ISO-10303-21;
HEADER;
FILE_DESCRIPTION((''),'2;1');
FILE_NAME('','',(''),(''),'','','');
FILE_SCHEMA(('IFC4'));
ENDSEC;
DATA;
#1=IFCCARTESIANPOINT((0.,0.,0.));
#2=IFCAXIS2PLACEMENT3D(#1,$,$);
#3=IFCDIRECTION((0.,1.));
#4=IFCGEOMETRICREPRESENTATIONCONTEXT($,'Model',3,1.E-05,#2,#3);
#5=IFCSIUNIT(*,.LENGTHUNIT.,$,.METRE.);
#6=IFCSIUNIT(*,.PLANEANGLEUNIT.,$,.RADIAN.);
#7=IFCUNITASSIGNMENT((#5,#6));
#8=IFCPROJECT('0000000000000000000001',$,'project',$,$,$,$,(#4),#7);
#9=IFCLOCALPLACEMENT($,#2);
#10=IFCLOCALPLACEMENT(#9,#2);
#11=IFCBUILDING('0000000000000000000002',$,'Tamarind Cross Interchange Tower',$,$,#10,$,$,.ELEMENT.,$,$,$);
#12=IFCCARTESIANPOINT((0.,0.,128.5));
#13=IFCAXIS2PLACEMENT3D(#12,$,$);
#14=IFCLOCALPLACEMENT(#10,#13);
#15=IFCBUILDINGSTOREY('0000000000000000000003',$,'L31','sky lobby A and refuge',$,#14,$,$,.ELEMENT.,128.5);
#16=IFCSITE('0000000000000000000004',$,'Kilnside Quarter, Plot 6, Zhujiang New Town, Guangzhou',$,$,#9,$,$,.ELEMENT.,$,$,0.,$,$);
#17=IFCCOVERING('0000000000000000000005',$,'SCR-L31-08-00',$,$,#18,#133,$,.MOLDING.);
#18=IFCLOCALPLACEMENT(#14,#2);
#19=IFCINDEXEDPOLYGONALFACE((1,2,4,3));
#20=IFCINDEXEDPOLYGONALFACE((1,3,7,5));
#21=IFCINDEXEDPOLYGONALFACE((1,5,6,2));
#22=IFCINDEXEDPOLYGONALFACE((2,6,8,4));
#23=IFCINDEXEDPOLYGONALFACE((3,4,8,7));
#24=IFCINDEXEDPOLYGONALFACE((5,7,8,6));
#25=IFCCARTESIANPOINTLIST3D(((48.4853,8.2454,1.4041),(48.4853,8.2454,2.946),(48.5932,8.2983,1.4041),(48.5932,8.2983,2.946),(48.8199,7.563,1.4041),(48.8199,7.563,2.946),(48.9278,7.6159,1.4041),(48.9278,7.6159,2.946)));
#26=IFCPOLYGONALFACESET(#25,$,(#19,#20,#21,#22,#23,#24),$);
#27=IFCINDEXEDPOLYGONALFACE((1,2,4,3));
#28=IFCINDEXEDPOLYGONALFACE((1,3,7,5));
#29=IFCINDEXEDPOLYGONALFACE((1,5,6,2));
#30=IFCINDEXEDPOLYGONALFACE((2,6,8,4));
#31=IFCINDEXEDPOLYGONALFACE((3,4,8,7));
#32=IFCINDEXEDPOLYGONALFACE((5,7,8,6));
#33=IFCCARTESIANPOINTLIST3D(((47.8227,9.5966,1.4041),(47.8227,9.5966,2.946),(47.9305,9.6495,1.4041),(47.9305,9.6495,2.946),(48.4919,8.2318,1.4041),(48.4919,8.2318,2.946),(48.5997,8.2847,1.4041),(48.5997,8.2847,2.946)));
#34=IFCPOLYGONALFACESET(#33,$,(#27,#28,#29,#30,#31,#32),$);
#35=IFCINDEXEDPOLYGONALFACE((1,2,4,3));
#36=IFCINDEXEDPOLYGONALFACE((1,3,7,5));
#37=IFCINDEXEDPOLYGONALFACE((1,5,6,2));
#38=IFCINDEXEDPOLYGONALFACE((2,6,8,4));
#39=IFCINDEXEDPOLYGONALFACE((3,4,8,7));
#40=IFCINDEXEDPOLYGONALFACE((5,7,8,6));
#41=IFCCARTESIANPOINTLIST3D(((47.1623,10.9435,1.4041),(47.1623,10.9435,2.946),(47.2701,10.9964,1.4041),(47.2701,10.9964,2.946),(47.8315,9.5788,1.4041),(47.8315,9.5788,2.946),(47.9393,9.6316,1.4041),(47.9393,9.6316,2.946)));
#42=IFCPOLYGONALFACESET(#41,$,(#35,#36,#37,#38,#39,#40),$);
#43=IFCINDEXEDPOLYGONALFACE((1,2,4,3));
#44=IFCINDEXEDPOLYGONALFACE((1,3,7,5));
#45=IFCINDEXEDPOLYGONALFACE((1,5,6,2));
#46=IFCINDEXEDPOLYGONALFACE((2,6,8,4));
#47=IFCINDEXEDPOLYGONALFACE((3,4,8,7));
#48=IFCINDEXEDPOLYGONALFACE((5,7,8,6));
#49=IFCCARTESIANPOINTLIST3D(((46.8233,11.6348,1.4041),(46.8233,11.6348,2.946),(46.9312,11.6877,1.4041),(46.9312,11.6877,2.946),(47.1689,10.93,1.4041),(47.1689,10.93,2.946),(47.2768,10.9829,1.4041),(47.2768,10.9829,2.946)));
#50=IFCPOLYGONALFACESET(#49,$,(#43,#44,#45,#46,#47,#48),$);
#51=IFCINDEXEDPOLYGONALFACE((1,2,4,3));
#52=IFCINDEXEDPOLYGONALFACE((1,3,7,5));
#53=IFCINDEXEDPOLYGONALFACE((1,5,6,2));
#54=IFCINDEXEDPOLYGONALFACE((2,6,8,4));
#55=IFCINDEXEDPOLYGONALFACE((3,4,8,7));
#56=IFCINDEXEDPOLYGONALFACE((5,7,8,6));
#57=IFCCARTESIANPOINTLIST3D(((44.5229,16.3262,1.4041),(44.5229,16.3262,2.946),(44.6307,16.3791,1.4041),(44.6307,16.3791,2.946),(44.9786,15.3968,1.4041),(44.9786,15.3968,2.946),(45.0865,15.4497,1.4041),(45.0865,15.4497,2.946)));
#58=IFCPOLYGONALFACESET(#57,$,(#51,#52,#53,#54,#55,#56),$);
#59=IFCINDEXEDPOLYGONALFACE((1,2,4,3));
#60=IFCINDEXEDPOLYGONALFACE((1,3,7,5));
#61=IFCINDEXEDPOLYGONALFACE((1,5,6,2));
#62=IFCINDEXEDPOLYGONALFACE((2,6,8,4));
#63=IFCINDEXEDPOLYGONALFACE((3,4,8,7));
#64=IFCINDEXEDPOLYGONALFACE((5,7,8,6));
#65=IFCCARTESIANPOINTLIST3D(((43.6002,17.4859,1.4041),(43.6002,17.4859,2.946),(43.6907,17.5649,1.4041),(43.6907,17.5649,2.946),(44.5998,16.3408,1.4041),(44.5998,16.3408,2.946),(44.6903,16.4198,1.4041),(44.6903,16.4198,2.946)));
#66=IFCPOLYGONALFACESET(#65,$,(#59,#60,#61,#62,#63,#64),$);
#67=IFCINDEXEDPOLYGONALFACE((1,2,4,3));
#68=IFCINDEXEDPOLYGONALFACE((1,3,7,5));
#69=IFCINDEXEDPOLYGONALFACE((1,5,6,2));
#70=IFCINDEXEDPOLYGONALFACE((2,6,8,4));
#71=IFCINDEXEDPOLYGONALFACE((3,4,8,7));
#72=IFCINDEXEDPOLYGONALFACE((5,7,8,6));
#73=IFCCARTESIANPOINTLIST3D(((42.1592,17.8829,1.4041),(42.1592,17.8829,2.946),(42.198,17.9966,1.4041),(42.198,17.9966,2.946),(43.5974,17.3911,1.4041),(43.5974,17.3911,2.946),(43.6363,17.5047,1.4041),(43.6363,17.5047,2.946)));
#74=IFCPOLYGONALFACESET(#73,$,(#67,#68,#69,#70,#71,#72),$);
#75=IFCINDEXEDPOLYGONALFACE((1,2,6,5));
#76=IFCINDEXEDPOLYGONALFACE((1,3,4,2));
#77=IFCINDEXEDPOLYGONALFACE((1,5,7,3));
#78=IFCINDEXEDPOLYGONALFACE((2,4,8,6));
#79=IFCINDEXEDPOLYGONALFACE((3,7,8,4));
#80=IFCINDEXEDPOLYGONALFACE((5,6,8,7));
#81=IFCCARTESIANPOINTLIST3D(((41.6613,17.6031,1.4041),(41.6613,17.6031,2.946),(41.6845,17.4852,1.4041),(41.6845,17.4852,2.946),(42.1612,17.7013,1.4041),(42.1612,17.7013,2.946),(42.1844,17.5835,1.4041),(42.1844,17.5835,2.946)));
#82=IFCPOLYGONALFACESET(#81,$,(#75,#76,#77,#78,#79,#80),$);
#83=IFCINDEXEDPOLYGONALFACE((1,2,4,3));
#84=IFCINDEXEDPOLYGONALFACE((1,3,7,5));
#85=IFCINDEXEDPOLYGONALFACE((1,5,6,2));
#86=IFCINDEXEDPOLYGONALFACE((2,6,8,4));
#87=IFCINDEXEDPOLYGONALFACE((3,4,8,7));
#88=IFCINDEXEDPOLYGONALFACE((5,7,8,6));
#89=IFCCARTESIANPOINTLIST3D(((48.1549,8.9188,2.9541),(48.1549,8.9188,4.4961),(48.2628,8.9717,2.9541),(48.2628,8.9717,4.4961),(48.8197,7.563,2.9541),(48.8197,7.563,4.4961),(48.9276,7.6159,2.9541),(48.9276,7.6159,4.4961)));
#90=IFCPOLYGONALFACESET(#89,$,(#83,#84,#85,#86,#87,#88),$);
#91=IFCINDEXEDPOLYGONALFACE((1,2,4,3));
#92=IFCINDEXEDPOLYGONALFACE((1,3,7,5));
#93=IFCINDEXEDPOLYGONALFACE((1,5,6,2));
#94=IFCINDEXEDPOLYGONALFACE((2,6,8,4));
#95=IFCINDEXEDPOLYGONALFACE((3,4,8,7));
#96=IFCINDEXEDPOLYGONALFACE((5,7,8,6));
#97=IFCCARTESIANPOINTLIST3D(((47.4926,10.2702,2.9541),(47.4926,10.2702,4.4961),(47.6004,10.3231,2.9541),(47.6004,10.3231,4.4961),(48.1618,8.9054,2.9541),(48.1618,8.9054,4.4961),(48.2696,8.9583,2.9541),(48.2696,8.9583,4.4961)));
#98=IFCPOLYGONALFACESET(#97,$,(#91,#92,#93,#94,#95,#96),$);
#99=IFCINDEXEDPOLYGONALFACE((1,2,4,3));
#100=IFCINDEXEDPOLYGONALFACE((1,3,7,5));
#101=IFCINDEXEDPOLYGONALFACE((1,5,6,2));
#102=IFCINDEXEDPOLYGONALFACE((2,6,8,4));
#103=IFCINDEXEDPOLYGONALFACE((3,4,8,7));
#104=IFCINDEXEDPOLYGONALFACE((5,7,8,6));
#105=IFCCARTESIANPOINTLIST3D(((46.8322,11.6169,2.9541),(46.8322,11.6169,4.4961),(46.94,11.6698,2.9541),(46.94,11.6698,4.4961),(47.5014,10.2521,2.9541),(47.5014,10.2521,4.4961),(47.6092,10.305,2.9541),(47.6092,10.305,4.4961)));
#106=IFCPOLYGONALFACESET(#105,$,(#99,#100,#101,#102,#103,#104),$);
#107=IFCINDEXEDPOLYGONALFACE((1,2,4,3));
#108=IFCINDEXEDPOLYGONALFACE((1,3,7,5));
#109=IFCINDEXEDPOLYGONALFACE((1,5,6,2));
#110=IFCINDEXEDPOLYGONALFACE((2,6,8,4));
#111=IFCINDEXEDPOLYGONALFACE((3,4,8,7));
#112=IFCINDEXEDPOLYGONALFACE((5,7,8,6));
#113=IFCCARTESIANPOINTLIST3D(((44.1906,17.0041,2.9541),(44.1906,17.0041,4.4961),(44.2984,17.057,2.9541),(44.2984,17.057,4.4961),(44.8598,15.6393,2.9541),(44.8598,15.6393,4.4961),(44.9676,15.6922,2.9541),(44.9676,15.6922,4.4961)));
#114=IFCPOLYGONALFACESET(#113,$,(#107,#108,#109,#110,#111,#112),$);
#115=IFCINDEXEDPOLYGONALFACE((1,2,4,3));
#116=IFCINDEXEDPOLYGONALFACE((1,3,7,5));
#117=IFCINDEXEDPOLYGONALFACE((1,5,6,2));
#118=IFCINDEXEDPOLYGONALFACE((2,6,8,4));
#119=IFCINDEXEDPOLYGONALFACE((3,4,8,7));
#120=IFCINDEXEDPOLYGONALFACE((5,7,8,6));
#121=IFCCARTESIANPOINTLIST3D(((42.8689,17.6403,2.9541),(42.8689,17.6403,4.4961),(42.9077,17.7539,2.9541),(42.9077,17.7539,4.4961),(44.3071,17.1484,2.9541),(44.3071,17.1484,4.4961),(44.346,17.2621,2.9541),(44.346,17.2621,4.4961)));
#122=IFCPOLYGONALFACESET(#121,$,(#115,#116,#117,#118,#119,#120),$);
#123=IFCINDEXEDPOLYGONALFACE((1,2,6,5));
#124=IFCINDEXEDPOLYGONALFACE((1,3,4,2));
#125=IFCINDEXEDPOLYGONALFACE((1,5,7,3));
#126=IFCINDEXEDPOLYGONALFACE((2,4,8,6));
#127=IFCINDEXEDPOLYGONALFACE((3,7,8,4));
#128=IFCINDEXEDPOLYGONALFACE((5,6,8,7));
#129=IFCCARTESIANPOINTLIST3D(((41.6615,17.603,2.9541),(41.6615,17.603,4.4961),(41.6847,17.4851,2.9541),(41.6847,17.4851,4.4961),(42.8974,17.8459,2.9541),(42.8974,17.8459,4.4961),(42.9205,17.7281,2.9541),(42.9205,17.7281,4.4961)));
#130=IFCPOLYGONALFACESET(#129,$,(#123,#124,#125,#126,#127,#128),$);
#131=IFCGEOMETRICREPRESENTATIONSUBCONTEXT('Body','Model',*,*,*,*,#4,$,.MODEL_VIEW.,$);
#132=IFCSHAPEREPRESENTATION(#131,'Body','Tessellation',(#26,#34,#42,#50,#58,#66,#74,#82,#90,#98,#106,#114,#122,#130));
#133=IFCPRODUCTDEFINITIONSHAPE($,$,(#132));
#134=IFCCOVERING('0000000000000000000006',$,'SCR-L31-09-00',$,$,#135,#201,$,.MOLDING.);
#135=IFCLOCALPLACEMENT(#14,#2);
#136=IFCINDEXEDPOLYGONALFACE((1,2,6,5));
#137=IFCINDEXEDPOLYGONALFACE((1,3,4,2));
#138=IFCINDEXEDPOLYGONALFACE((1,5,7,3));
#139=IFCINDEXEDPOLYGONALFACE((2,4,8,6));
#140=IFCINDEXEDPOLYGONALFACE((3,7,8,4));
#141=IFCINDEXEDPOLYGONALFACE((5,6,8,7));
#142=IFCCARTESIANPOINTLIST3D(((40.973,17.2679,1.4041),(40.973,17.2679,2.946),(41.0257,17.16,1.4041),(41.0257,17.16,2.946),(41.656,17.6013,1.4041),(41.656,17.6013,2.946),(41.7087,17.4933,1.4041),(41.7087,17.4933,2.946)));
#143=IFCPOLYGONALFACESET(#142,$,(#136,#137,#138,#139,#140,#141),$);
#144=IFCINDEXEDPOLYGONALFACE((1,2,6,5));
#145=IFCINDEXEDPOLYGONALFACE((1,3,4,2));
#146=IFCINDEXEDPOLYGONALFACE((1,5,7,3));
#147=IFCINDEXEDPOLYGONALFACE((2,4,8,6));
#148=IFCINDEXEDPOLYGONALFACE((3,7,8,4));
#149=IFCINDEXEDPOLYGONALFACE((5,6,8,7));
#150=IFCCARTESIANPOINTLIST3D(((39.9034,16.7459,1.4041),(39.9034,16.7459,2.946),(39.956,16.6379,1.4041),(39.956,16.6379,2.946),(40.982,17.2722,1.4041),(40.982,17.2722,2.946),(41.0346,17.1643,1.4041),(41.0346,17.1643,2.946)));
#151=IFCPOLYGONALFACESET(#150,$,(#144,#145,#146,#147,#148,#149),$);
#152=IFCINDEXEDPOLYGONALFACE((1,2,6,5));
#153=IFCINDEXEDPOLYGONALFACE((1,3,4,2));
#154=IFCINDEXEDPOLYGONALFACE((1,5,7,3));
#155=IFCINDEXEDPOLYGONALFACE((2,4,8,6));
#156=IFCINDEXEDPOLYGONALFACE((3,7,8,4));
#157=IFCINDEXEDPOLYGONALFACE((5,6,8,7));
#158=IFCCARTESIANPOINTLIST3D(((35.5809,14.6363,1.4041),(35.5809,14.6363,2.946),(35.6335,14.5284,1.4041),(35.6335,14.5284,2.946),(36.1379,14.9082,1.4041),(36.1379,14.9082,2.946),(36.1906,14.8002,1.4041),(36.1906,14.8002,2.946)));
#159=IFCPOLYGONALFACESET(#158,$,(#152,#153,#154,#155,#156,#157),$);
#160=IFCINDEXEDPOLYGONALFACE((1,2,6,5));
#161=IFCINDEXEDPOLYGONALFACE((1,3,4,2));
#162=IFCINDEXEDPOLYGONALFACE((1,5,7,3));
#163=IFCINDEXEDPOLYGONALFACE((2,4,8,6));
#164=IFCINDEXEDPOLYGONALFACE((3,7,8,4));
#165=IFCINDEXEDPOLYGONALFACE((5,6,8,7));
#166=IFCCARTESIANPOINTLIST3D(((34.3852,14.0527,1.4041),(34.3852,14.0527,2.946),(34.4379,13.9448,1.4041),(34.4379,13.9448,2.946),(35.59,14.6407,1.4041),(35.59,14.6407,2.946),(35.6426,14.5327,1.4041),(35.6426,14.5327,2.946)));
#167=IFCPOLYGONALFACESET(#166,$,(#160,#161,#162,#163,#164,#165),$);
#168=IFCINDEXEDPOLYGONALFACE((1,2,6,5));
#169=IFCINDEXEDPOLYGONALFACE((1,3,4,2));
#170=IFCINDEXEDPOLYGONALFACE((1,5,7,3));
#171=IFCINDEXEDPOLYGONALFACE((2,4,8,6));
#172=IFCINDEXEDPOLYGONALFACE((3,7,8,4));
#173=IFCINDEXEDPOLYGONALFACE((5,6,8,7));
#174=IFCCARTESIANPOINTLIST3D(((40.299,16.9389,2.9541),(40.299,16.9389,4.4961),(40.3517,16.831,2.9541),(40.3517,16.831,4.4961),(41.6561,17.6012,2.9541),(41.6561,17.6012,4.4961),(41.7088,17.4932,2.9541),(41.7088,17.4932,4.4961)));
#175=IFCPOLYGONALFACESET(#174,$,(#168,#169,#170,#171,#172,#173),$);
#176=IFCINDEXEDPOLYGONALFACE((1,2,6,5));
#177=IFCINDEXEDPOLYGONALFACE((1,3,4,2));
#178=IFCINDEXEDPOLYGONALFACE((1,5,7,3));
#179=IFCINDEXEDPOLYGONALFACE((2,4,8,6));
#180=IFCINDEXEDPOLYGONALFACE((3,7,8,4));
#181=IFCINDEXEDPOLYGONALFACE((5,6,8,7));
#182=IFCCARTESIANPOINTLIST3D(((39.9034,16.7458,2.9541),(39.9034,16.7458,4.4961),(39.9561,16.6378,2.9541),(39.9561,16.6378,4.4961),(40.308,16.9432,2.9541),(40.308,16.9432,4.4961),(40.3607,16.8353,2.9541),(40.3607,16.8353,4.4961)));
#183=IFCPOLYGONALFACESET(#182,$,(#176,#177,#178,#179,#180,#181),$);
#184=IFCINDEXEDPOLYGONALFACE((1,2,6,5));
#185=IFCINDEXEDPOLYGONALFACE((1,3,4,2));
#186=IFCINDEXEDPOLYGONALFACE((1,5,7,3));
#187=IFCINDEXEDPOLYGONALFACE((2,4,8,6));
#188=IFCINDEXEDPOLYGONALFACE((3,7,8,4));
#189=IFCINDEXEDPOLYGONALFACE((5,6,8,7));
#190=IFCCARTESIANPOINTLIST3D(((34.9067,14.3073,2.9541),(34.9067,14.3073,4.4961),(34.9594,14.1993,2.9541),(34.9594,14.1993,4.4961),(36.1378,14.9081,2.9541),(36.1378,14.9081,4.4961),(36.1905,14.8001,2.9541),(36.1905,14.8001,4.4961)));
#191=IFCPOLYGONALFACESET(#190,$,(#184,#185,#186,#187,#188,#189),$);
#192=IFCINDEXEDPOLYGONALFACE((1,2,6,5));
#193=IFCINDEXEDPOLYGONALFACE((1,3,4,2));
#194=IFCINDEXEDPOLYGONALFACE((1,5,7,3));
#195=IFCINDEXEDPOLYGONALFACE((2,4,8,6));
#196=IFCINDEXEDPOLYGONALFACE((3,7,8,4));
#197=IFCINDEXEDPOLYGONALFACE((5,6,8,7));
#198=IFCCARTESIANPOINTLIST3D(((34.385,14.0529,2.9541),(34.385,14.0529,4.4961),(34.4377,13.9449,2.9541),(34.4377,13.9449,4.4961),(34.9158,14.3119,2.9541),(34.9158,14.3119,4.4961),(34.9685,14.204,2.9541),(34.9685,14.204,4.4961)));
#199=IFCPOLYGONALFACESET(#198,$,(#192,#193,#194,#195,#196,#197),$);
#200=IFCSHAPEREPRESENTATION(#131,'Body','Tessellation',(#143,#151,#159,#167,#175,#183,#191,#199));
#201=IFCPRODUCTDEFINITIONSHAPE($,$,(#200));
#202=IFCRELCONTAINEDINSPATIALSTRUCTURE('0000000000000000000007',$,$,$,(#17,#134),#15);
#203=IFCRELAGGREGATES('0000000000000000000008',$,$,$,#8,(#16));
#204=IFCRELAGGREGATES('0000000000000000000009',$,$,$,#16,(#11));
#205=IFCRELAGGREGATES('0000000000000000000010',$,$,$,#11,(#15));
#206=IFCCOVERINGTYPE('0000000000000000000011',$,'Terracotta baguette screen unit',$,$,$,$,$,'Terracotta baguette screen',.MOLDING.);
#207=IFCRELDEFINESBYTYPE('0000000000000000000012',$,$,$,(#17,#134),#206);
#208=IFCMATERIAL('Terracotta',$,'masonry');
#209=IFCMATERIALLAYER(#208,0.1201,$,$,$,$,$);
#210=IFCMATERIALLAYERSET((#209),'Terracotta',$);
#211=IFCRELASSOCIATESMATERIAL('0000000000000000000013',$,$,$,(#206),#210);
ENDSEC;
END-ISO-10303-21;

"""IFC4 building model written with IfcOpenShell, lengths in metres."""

from ifc_helpers import new_model, si_unit, direction, frame, origin, origin_2d, place, context, subcontext, project, spatial, rectangle, extrude, material, layer, layer_set, type_object, element, save


model = new_model("IFC4")

# Units and contexts
model_context = context("Model", 3, precision=1e-05, world=origin(), true_north=direction((0.0, 1.0)))
body_context = subcontext(model_context, "Body", "Model", "MODEL_VIEW")
ifc_project = project(units=[si_unit("LENGTHUNIT", "METRE"), si_unit("PLANEANGLEUNIT", "RADIAN")], contexts=[model_context])

# Site, building, storey
site_placement = place(None, origin())
site = spatial("IfcSite", under=ifc_project, at=site_placement, Name="Kilnside Quarter, Plot 6, Zhujiang New Town, Guangzhou", CompositionType="ELEMENT", RefElevation=0.0)
building_placement = place(site_placement, origin())
building = spatial("IfcBuilding", under=site, at=building_placement, Name="Tamarind Cross Interchange Tower", CompositionType="ELEMENT")
storey_placement = place(building_placement, frame((0.0, 0.0, 128.5)))
storey = spatial("IfcBuildingStorey", under=building, at=storey_placement, Name="L31", Description="sky lobby A and refuge", CompositionType="ELEMENT", Elevation=128.5)

# Coverings
ifc_material_1 = material(Name="Terracotta", Category="masonry")
ifc_layer_1 = layer(ifc_material_1, 0.1201)
ifc_layer_set_1 = layer_set([ifc_layer_1], Name="Terracotta")
covering_type = type_object("IfcCoveringType", Name="Terracotta baguette screen unit", ElementType="Terracotta baguette screen", PredefinedType="MOLDING", material=ifc_layer_set_1)
covering_1_placement = place(storey_placement, origin())
element("IfcCovering", 1, at=covering_1_placement, inside=storey, type_object=covering_type, Name="SCR-L31-08-00", PredefinedType="MOLDING", context=body_context, shape_type="SweptSolid", body=[
    extrude(rectangle(XDim=0.76, YDim=0.1201, at=origin_2d()), frame((48.7065, 7.9307, 1.4041), z_axis=(0.0, 0.0, 1.0), x_axis=(-0.440253, 0.897874, 0.0)), (0.0, 0.0, 1.0), 1.542),
    extrude(rectangle(XDim=1.52, YDim=0.1201, at=origin_2d()), frame((48.2112, 8.9407, 1.4041), z_axis=(0.0, 0.0, 1.0), x_axis=(-0.440253, 0.897874, 0.0)), (0.0, 0.0, 1.0), 1.542),
    extrude(rectangle(XDim=1.52, YDim=0.1201, at=origin_2d()), frame((47.5508, 10.2876, 1.4041), z_axis=(0.0, 0.0, 1.0), x_axis=(-0.440253, 0.897874, 0.0)), (0.0, 0.0, 1.0), 1.542),
    extrude(rectangle(XDim=0.7849, YDim=0.1201, at=origin_2d()), frame((47.05, 11.3088, 1.4041), z_axis=(0.0, 0.0, 1.0), x_axis=(-0.440253, 0.897874, 0.0)), (0.0, 0.0, 1.0), 1.542),
    extrude(rectangle(XDim=1.0352, YDim=0.1201, at=origin_2d()), frame((44.8047, 15.8879, 1.4041), z_axis=(0.0, 0.0, 1.0), x_axis=(-0.440253, 0.897874, 0.0)), (0.0, 0.0, 1.0), 1.542),
    extrude(rectangle(XDim=1.52, YDim=0.1201, at=origin_2d()), frame((44.1453, 16.9529, 1.4041), z_axis=(0.0, 0.0, 1.0), x_axis=(-0.657638, 0.753334, 0.0)), (0.0, 0.0, 1.0), 1.542),
    extrude(rectangle(XDim=1.52, YDim=0.1201, at=origin_2d()), frame((42.8977, 17.6938, 1.4041), z_axis=(0.0, 0.0, 1.0), x_axis=(-0.946198, 0.323587, 0.0)), (0.0, 0.0, 1.0), 1.542),
    extrude(rectangle(XDim=0.5095, YDim=0.1201, at=origin_2d()), frame((41.9229, 17.5933, 1.4041), z_axis=(0.0, 0.0, 1.0), x_axis=(-0.981225, -0.192864, 0.0)), (0.0, 0.0, 1.0), 1.542),
    extrude(rectangle(XDim=1.51, YDim=0.1201, at=origin_2d()), frame((48.5413, 8.2673, 2.9541), z_axis=(0.0, 0.0, 1.0), x_axis=(-0.440253, 0.897874, 0.0)), (0.0, 0.0, 1.0), 1.542),
    extrude(rectangle(XDim=1.52, YDim=0.1201, at=origin_2d()), frame((47.8811, 9.6143, 2.9541), z_axis=(0.0, 0.0, 1.0), x_axis=(-0.440253, 0.897874, 0.0)), (0.0, 0.0, 1.0), 1.542),
    extrude(rectangle(XDim=1.52, YDim=0.1201, at=origin_2d()), frame((47.2207, 10.9609, 2.9541), z_axis=(0.0, 0.0, 1.0), x_axis=(-0.440253, 0.897874, 0.0)), (0.0, 0.0, 1.0), 1.542),
    extrude(rectangle(XDim=1.52, YDim=0.1201, at=origin_2d()), frame((44.5791, 16.3481, 2.9541), z_axis=(0.0, 0.0, 1.0), x_axis=(-0.440253, 0.897874, 0.0)), (0.0, 0.0, 1.0), 1.542),
    extrude(rectangle(XDim=1.52, YDim=0.1201, at=origin_2d()), frame((43.6074, 17.4512, 2.9541), z_axis=(0.0, 0.0, 1.0), x_axis=(-0.946198, 0.323587, 0.0)), (0.0, 0.0, 1.0), 1.542),
    extrude(rectangle(XDim=1.2595, YDim=0.1201, at=origin_2d()), frame((42.291, 17.6655, 2.9541), z_axis=(0.0, 0.0, 1.0), x_axis=(-0.981225, -0.192864, 0.0)), (0.0, 0.0, 1.0), 1.542),
])
covering_2_placement = place(storey_placement, origin())
element("IfcCovering", 2, at=covering_2_placement, inside=storey, type_object=covering_type, Name="SCR-L31-09-00", PredefinedType="MOLDING", context=body_context, shape_type="SweptSolid", body=[
    extrude(rectangle(XDim=0.76, YDim=0.1201, at=origin_2d()), frame((41.3408, 17.3806, 1.4041), z_axis=(0.0, 0.0, 1.0), x_axis=(-0.898691, -0.438583, 0.0)), (0.0, 0.0, 1.0), 1.542),
    extrude(rectangle(XDim=1.2002, YDim=0.1201, at=origin_2d()), frame((40.469, 16.9551, 1.4041), z_axis=(0.0, 0.0, 1.0), x_axis=(-0.898691, -0.438583, 0.0)), (0.0, 0.0, 1.0), 1.542),
    extrude(rectangle(XDim=0.6199, YDim=0.1201, at=origin_2d()), frame((35.8857, 14.7183, 1.4041), z_axis=(0.0, 0.0, 1.0), x_axis=(-0.898691, -0.438583, 0.0)), (0.0, 0.0, 1.0), 1.542),
    extrude(rectangle(XDim=1.3406, YDim=0.1201, at=origin_2d()), frame((35.0139, 14.2927, 1.4041), z_axis=(0.0, 0.0, 1.0), x_axis=(-0.898691, -0.438583, 0.0)), (0.0, 0.0, 1.0), 1.542),
    extrude(rectangle(XDim=1.51, YDim=0.1201, at=origin_2d()), frame((41.0039, 17.2161, 2.9541), z_axis=(0.0, 0.0, 1.0), x_axis=(-0.898691, -0.438583, 0.0)), (0.0, 0.0, 1.0), 1.542),
    extrude(rectangle(XDim=0.4502, YDim=0.1201, at=origin_2d()), frame((40.1321, 16.7905, 2.9541), z_axis=(0.0, 0.0, 1.0), x_axis=(-0.898691, -0.438583, 0.0)), (0.0, 0.0, 1.0), 1.542),
    extrude(rectangle(XDim=1.3699, YDim=0.1201, at=origin_2d()), frame((35.5486, 14.5537, 2.9541), z_axis=(0.0, 0.0, 1.0), x_axis=(-0.898691, -0.438583, 0.0)), (0.0, 0.0, 1.0), 1.542),
    extrude(rectangle(XDim=0.5906, YDim=0.1201, at=origin_2d()), frame((34.6768, 14.1284, 2.9541), z_axis=(0.0, 0.0, 1.0), x_axis=(-0.898691, -0.438583, 0.0)), (0.0, 0.0, 1.0), 1.542),
])

save(model, "model.ifc")
